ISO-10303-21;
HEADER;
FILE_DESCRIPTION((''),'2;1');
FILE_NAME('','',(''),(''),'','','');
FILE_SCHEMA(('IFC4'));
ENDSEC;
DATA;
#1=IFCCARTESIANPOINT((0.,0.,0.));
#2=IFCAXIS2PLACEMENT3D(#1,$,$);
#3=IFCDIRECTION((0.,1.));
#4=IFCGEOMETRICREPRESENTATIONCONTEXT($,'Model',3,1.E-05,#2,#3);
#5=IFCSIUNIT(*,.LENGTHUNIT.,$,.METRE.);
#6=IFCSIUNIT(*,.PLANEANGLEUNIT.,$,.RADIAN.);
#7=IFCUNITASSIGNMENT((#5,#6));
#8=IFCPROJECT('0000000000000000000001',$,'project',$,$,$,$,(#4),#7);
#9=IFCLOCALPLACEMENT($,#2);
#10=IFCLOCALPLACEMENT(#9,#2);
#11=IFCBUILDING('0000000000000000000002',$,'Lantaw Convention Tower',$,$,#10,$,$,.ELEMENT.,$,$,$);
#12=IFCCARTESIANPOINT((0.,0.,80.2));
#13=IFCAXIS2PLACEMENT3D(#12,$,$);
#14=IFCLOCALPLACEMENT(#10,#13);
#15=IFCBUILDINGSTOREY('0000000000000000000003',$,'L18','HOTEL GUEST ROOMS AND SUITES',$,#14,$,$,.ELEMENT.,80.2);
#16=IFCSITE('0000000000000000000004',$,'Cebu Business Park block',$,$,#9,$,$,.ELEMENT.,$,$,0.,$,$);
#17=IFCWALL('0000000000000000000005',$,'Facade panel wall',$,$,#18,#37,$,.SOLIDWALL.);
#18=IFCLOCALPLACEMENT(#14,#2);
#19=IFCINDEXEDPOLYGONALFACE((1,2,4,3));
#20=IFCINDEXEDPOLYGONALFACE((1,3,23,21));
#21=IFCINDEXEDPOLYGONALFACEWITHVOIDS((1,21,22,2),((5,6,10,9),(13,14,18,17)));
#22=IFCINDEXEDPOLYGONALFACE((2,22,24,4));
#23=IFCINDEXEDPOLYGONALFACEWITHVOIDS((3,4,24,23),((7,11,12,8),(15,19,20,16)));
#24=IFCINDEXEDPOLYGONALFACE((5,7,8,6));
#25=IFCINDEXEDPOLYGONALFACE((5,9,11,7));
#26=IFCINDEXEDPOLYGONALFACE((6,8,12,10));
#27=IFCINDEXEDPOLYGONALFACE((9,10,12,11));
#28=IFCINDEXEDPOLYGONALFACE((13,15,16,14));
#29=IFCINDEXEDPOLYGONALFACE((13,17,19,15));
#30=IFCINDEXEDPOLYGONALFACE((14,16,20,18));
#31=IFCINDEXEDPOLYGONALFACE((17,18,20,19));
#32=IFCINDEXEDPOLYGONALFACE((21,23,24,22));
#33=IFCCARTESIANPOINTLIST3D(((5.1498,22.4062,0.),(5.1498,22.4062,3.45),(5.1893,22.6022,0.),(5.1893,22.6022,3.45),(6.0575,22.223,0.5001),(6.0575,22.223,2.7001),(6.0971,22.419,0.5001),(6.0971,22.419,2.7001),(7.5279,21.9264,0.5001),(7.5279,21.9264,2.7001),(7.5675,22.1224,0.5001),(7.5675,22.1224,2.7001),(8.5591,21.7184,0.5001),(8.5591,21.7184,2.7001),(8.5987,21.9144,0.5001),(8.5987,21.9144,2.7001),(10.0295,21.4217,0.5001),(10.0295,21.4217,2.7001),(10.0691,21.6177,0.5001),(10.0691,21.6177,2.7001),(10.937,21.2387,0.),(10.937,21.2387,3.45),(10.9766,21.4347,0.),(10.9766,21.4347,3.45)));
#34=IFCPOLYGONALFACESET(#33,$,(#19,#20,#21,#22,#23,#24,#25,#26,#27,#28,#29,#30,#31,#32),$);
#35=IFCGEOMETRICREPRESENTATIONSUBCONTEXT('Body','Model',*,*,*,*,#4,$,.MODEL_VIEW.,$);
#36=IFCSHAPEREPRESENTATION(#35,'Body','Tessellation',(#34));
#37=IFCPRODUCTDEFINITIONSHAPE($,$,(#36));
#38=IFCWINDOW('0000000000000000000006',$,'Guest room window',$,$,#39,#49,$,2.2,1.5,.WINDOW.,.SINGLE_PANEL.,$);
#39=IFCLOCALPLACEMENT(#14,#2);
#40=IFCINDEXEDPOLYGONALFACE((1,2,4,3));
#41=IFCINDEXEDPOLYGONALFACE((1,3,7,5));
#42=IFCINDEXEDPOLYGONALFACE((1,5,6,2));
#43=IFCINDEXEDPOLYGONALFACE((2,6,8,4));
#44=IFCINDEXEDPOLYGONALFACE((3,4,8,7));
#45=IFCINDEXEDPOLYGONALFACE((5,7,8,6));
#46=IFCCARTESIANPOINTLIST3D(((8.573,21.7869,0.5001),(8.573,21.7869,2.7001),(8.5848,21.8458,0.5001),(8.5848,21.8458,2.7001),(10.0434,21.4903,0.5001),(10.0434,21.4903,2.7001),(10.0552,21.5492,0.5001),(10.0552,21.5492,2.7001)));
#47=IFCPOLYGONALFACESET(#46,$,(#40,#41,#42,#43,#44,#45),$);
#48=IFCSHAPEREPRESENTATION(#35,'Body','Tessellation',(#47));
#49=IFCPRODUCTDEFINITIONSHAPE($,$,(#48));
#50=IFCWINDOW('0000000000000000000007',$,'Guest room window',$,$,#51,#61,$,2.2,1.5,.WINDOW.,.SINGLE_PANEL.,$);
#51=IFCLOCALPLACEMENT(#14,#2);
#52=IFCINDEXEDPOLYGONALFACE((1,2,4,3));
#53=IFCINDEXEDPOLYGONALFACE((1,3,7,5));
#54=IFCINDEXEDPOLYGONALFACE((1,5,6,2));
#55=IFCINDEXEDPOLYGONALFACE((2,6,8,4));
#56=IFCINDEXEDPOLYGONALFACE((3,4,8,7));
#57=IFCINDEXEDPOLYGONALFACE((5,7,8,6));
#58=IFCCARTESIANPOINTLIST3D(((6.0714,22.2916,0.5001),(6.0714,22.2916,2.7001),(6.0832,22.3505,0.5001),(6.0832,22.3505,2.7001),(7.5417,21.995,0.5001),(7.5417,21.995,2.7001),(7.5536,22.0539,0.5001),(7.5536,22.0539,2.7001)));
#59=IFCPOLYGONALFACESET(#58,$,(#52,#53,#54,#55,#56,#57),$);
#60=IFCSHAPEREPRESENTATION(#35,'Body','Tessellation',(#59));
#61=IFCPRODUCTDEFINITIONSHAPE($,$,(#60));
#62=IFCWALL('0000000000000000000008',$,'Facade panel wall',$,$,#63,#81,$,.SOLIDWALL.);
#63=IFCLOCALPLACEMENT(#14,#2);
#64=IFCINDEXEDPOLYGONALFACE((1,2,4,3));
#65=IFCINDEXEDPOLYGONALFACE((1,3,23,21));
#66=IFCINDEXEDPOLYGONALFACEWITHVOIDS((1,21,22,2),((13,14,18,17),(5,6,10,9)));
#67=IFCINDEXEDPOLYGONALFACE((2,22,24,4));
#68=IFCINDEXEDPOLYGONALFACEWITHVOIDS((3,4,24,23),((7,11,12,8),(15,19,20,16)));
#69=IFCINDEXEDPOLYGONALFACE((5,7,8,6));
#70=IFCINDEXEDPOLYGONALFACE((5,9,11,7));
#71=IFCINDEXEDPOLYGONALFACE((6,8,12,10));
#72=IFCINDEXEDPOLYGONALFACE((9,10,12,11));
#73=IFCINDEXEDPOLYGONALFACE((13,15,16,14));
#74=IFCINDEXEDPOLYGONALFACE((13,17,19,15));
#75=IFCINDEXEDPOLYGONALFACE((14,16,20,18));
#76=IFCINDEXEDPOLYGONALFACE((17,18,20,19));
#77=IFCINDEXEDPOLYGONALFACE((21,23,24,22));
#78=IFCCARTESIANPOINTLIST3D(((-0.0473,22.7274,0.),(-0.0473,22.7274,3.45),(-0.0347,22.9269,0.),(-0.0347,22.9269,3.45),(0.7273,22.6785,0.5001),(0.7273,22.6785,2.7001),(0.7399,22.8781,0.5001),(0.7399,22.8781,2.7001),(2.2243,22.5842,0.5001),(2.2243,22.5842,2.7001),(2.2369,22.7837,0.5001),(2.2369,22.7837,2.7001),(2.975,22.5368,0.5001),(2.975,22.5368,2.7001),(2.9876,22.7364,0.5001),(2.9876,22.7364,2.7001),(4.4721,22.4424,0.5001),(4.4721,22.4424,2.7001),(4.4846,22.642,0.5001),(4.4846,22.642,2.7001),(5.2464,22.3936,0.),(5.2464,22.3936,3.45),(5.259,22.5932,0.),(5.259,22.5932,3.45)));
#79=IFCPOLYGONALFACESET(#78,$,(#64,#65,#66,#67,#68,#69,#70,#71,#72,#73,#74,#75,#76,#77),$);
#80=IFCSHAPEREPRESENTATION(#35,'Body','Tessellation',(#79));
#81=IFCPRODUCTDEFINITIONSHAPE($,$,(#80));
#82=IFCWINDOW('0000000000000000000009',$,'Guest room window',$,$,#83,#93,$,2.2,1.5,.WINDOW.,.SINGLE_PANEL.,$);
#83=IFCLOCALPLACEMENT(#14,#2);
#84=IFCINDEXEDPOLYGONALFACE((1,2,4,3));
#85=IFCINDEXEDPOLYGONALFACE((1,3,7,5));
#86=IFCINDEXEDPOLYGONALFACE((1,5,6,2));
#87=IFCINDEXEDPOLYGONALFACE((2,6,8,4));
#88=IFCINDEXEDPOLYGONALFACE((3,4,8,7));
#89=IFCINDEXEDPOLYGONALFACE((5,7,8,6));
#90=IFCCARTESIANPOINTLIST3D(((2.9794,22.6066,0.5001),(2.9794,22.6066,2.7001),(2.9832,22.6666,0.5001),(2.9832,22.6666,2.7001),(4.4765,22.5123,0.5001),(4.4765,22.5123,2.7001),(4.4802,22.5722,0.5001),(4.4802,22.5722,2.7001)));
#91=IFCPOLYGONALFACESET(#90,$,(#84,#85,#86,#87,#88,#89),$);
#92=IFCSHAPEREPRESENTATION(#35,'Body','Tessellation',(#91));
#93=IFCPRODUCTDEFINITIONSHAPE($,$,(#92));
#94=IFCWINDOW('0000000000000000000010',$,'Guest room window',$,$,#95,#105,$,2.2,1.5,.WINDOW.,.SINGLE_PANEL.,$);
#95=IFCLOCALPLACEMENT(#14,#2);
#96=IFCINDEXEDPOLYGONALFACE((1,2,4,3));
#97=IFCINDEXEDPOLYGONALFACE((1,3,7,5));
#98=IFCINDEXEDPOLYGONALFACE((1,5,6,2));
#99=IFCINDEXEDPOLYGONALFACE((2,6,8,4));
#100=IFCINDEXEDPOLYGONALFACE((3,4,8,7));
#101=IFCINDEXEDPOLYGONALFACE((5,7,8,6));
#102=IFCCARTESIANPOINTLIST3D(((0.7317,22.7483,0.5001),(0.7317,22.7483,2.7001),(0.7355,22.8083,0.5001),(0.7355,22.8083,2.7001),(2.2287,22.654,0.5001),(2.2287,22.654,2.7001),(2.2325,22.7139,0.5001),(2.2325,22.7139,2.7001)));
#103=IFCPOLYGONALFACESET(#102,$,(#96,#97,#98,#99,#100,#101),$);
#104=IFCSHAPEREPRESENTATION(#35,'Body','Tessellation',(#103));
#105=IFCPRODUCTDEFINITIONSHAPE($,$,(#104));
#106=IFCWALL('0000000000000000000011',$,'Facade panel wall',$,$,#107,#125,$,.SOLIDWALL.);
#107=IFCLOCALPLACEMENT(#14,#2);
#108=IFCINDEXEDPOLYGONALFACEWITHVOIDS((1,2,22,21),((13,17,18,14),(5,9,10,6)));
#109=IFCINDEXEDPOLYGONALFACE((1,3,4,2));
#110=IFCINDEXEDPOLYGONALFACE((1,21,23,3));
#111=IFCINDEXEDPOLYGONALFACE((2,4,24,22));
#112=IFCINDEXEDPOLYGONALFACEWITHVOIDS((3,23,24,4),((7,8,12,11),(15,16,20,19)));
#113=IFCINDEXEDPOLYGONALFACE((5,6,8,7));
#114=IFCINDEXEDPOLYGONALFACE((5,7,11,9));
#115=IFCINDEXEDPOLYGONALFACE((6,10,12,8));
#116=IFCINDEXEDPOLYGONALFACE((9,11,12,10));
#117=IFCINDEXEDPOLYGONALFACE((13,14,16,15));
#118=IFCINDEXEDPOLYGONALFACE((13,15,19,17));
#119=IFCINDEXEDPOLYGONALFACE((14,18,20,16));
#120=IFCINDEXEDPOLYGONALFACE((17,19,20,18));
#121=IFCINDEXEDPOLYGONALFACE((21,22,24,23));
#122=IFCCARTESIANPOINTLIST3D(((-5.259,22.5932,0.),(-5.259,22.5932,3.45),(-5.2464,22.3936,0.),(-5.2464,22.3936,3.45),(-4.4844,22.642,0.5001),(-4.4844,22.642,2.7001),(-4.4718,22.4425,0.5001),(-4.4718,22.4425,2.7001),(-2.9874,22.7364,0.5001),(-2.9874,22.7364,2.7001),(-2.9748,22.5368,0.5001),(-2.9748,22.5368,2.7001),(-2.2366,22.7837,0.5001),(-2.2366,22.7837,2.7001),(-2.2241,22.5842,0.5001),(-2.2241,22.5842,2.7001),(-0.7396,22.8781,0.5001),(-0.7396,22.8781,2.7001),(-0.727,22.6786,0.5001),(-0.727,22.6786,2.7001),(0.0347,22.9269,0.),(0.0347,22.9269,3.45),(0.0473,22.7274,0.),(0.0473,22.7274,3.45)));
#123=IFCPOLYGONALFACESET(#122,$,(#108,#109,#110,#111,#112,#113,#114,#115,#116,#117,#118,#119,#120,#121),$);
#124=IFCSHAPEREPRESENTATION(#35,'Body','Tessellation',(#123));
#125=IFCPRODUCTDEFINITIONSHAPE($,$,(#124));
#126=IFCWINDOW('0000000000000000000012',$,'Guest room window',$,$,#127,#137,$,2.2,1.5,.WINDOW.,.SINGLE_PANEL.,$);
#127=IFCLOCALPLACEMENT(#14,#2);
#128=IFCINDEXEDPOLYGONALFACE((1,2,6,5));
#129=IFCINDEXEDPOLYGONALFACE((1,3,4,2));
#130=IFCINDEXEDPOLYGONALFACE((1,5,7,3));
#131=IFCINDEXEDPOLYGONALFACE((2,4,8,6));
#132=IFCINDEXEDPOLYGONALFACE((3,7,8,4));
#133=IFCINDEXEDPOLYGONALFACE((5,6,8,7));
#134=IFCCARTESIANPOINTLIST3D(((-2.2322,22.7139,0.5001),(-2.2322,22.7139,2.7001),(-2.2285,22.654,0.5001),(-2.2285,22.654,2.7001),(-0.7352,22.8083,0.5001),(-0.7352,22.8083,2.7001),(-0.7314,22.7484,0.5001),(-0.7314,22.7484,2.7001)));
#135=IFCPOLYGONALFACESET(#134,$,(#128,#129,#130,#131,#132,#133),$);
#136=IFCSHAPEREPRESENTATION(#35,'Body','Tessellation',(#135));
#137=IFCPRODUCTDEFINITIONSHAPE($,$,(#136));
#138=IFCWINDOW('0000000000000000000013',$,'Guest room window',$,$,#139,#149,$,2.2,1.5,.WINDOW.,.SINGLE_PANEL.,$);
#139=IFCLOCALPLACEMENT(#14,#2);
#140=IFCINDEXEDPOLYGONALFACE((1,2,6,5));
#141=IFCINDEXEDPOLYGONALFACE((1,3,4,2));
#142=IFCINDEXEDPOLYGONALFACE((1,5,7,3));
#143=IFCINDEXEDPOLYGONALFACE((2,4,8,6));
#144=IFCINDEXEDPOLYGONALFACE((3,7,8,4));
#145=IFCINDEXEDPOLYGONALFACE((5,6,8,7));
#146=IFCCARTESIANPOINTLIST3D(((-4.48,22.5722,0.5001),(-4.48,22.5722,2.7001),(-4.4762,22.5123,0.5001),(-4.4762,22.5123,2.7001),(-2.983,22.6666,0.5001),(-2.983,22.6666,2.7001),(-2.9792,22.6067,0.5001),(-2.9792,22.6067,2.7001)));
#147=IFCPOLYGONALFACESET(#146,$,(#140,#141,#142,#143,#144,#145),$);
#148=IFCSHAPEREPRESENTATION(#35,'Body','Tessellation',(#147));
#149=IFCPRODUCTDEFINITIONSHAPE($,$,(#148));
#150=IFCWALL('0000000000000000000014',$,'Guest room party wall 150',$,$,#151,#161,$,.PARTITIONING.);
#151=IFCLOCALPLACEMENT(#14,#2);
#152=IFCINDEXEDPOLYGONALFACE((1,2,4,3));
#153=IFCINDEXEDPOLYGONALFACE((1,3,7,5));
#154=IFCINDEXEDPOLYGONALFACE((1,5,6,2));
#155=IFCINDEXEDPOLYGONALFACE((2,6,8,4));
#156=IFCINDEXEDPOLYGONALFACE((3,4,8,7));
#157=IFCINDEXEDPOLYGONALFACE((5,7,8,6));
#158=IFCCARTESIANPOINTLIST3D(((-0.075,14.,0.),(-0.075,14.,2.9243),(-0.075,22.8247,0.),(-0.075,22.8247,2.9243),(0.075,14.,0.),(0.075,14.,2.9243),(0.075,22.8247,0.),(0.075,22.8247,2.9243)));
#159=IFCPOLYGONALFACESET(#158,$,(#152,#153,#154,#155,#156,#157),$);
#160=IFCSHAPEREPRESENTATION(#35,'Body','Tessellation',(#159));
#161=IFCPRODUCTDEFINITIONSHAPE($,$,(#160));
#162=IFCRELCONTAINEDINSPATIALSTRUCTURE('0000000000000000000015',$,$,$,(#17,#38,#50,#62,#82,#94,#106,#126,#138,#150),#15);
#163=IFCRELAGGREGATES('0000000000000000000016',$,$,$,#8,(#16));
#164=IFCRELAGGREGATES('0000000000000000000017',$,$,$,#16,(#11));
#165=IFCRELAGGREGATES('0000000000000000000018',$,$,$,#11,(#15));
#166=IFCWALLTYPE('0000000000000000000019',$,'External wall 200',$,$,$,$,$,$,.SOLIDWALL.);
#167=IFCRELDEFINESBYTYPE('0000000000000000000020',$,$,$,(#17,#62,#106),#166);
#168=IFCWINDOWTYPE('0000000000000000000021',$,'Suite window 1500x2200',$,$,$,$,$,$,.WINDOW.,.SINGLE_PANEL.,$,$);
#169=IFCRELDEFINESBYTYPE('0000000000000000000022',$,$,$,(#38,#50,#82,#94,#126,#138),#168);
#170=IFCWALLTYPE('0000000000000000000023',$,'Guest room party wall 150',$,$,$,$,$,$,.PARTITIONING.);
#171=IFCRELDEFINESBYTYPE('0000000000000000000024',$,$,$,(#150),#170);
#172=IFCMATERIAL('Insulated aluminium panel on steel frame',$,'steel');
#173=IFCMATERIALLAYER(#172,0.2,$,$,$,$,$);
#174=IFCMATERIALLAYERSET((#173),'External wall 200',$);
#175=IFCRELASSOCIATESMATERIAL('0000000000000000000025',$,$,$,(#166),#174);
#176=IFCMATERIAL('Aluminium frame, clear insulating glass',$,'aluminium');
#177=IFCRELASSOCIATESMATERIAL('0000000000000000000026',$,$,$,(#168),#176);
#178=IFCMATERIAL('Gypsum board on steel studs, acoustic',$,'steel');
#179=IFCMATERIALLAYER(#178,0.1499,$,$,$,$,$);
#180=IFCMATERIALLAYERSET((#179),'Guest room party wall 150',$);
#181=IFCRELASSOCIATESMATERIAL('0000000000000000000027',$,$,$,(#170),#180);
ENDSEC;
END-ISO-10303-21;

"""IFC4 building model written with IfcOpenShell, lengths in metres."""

from ifc_helpers import new_model, si_unit, direction, frame, frame_2d, origin, place, context, subcontext, project, spatial, rectangle, extrude, material, layer, layer_set, type_object, element, fill, save


model = new_model("IFC4")

# Units and contexts
model_context = context("Model", 3, precision=1e-05, world=origin(), true_north=direction((0.0, 1.0)))
body_context = subcontext(model_context, "Body", "Model", "MODEL_VIEW")
ifc_project = project(units=[si_unit("LENGTHUNIT", "METRE"), si_unit("PLANEANGLEUNIT", "RADIAN")], contexts=[model_context])

# Site, building, storey
site_placement = place(None, origin())
site = spatial("IfcSite", under=ifc_project, at=site_placement, Name="Cebu Business Park block", CompositionType="ELEMENT", RefElevation=0.0)
building_placement = place(site_placement, origin())
building = spatial("IfcBuilding", under=site, at=building_placement, Name="Lantaw Convention Tower", CompositionType="ELEMENT")
storey_placement = place(building_placement, frame((0.0, 0.0, 80.2)))
storey = spatial("IfcBuildingStorey", under=building, at=storey_placement, Name="L18", Description="HOTEL GUEST ROOMS AND SUITES", CompositionType="ELEMENT", Elevation=80.2)

# Walls, openings, windows
ifc_material_1 = material(Name="Insulated aluminium panel on steel frame", Category="steel")
ifc_layer_1 = layer(ifc_material_1, 0.2)
ifc_layer_set_1 = layer_set([ifc_layer_1], Name="External wall 200")
wall_type_1 = type_object("IfcWallType", Name="External wall 200", PredefinedType="SOLIDWALL", material=ifc_layer_set_1)
wall_1_placement = place(storey_placement, frame((10.9568, 21.3367, 0.0), z_axis=(0.0, 0.0, 1.0), x_axis=(-0.980252, 0.197754, 0.0)))
wall_1 = element("IfcWall", 1, at=wall_1_placement, inside=storey, type_object=wall_type_1, Name="Facade panel wall", PredefinedType="SOLIDWALL", context=body_context, shape_type="SweptSolid", body=[
    extrude(rectangle(XDim=5.9038, YDim=0.2, at=frame_2d((2.9519, 0.0))), origin(), (0.0, 0.0, 1.0), 3.45),
])
opening_1_placement = place(wall_1_placement, frame((0.9258, 0.0, 0.5)))
opening_1 = element("IfcOpeningElement", 2, at=opening_1_placement, cuts=wall_1, PredefinedType="OPENING", context=body_context, shape_type="SweptSolid", body=[
    extrude(rectangle(XDim=1.5, YDim=2.2, at=frame_2d((0.75, 1.1001))), frame((0.0, 0.1099, 0.0), z_axis=(0.0, -1.0, 0.0), x_axis=(1.0, 0.0, 0.0)), (0.0, 0.0, 1.0), 0.22),
])
opening_2_placement = place(wall_1_placement, frame((3.4778, 0.0, 0.5)))
opening_2 = element("IfcOpeningElement", 3, at=opening_2_placement, cuts=wall_1, PredefinedType="OPENING", context=body_context, shape_type="SweptSolid", body=[
    extrude(rectangle(XDim=1.5, YDim=2.2, at=frame_2d((0.75, 1.1001))), frame((0.0, 0.1099, 0.0), z_axis=(0.0, -1.0, 0.0), x_axis=(1.0, 0.0, 0.0)), (0.0, 0.0, 1.0), 0.22),
])
ifc_material_2 = material(Name="Aluminium frame, clear insulating glass", Category="aluminium")
window_type = type_object("IfcWindowType", Name="Suite window 1500x2200", PartitioningType="SINGLE_PANEL", PredefinedType="WINDOW", material=ifc_material_2)
window_1_placement = place(opening_1_placement, origin())
window_1 = element("IfcWindow", 4, at=window_1_placement, inside=storey, type_object=window_type, Name="Guest room window", OverallHeight=2.2, OverallWidth=1.5, PartitioningType="SINGLE_PANEL", PredefinedType="WINDOW", context=body_context, shape_type="SweptSolid", body=[
    extrude(rectangle(XDim=1.5, YDim=2.2, at=frame_2d((0.75, 1.1001))), frame((0.0, 0.03, 0.0), z_axis=(0.0, -1.0, 0.0), x_axis=(1.0, 0.0, 0.0)), (0.0, 0.0, 1.0), 0.0601),
])
fill(opening_1, window_1)
window_2_placement = place(opening_2_placement, origin())
window_2 = element("IfcWindow", 5, at=window_2_placement, inside=storey, type_object=window_type, Name="Guest room window", OverallHeight=2.2, OverallWidth=1.5, PartitioningType="SINGLE_PANEL", PredefinedType="WINDOW", context=body_context, shape_type="SweptSolid", body=[
    extrude(rectangle(XDim=1.5, YDim=2.2, at=frame_2d((0.75, 1.1001))), frame((0.0, 0.03, 0.0), z_axis=(0.0, -1.0, 0.0), x_axis=(1.0, 0.0, 0.0)), (0.0, 0.0, 1.0), 0.0601),
])
fill(opening_2, window_2)
wall_2_placement = place(storey_placement, frame((5.2527, 22.4934, 0.0), z_axis=(0.0, 0.0, 1.0), x_axis=(-0.998019, 0.06292, 0.0)))
wall_2 = element("IfcWall", 6, at=wall_2_placement, inside=storey, type_object=wall_type_1, Name="Facade panel wall", PredefinedType="SOLIDWALL", context=body_context, shape_type="SweptSolid", body=[
    extrude(rectangle(XDim=5.3042, YDim=0.2, at=frame_2d((2.6521, 0.0))), origin(), (0.0, 0.0, 1.0), 3.45),
])
opening_3_placement = place(wall_2_placement, frame((0.7759, 0.0, 0.5)))
opening_3 = element("IfcOpeningElement", 7, at=opening_3_placement, cuts=wall_2, PredefinedType="OPENING", context=body_context, shape_type="SweptSolid", body=[
    extrude(rectangle(XDim=1.5, YDim=2.2, at=frame_2d((0.75, 1.1001))), frame((0.0, 0.1099, 0.0), z_axis=(0.0, -1.0, 0.0), x_axis=(1.0, 0.0, 0.0)), (0.0, 0.0, 1.0), 0.22),
])
opening_4_placement = place(wall_2_placement, frame((3.0281, 0.0, 0.5)))
opening_4 = element("IfcOpeningElement", 8, at=opening_4_placement, cuts=wall_2, PredefinedType="OPENING", context=body_context, shape_type="SweptSolid", body=[
    extrude(rectangle(XDim=1.5, YDim=2.2, at=frame_2d((0.75, 1.1001))), frame((0.0, 0.1099, 0.0), z_axis=(0.0, -1.0, 0.0), x_axis=(1.0, 0.0, 0.0)), (0.0, 0.0, 1.0), 0.22),
])
window_3_placement = place(opening_3_placement, origin())
window_3 = element("IfcWindow", 9, at=window_3_placement, inside=storey, type_object=window_type, Name="Guest room window", OverallHeight=2.2, OverallWidth=1.5, PartitioningType="SINGLE_PANEL", PredefinedType="WINDOW", context=body_context, shape_type="SweptSolid", body=[
    extrude(rectangle(XDim=1.5, YDim=2.2, at=frame_2d((0.75, 1.1001))), frame((0.0, 0.03, 0.0), z_axis=(0.0, -1.0, 0.0), x_axis=(1.0, 0.0, 0.0)), (0.0, 0.0, 1.0), 0.0601),
])
fill(opening_3, window_3)
window_4_placement = place(opening_4_placement, origin())
window_4 = element("IfcWindow", 10, at=window_4_placement, inside=storey, type_object=window_type, Name="Guest room window", OverallHeight=2.2, OverallWidth=1.5, PartitioningType="SINGLE_PANEL", PredefinedType="WINDOW", context=body_context, shape_type="SweptSolid", body=[
    extrude(rectangle(XDim=1.5, YDim=2.2, at=frame_2d((0.75, 1.1001))), frame((0.0, 0.03, 0.0), z_axis=(0.0, -1.0, 0.0), x_axis=(1.0, 0.0, 0.0)), (0.0, 0.0, 1.0), 0.0601),
])
fill(opening_4, window_4)
wall_3_placement = place(storey_placement, frame((0.041, 22.8271, 0.0), z_axis=(0.0, 0.0, 1.0), x_axis=(-0.998019, -0.06292, 0.0)))
wall_3 = element("IfcWall", 11, at=wall_3_placement, inside=storey, type_object=wall_type_1, Name="Facade panel wall", PredefinedType="SOLIDWALL", context=body_context, shape_type="SweptSolid", body=[
    extrude(rectangle(XDim=5.3042, YDim=0.2, at=frame_2d((2.6521, 0.0))), origin(), (0.0, 0.0, 1.0), 3.45),
])
opening_5_placement = place(wall_3_placement, frame((0.7759, 0.0, 0.5)))
opening_5 = element("IfcOpeningElement", 12, at=opening_5_placement, cuts=wall_3, PredefinedType="OPENING", context=body_context, shape_type="SweptSolid", body=[
    extrude(rectangle(XDim=1.5, YDim=2.2, at=frame_2d((0.75, 1.1001))), frame((0.0, 0.1099, 0.0), z_axis=(0.0, -1.0, 0.0), x_axis=(1.0, 0.0, 0.0)), (0.0, 0.0, 1.0), 0.22),
])
opening_6_placement = place(wall_3_placement, frame((3.0281, 0.0, 0.5)))
opening_6 = element("IfcOpeningElement", 13, at=opening_6_placement, cuts=wall_3, PredefinedType="OPENING", context=body_context, shape_type="SweptSolid", body=[
    extrude(rectangle(XDim=1.5, YDim=2.2, at=frame_2d((0.75, 1.1001))), frame((0.0, 0.1099, 0.0), z_axis=(0.0, -1.0, 0.0), x_axis=(1.0, 0.0, 0.0)), (0.0, 0.0, 1.0), 0.22),
])
window_5_placement = place(opening_5_placement, origin())
window_5 = element("IfcWindow", 14, at=window_5_placement, inside=storey, type_object=window_type, Name="Guest room window", OverallHeight=2.2, OverallWidth=1.5, PartitioningType="SINGLE_PANEL", PredefinedType="WINDOW", context=body_context, shape_type="SweptSolid", body=[
    extrude(rectangle(XDim=1.5, YDim=2.2, at=frame_2d((0.75, 1.1001))), frame((0.0, 0.03, 0.0), z_axis=(0.0, -1.0, 0.0), x_axis=(1.0, 0.0, 0.0)), (0.0, 0.0, 1.0), 0.0601),
])
fill(opening_5, window_5)
window_6_placement = place(opening_6_placement, origin())
window_6 = element("IfcWindow", 15, at=window_6_placement, inside=storey, type_object=window_type, Name="Guest room window", OverallHeight=2.2, OverallWidth=1.5, PartitioningType="SINGLE_PANEL", PredefinedType="WINDOW", context=body_context, shape_type="SweptSolid", body=[
    extrude(rectangle(XDim=1.5, YDim=2.2, at=frame_2d((0.75, 1.1001))), frame((0.0, 0.03, 0.0), z_axis=(0.0, -1.0, 0.0), x_axis=(1.0, 0.0, 0.0)), (0.0, 0.0, 1.0), 0.0601),
])
fill(opening_6, window_6)

# Wall
ifc_material_3 = material(Name="Gypsum board on steel studs, acoustic", Category="steel")
ifc_layer_2 = layer(ifc_material_3, 0.1499)
ifc_layer_set_2 = layer_set([ifc_layer_2], Name="Guest room party wall 150")
wall_type_2 = type_object("IfcWallType", Name="Guest room party wall 150", PredefinedType="PARTITIONING", material=ifc_layer_set_2)
wall_4_placement = place(storey_placement, frame((0.0, 22.8247, 0.0), z_axis=(0.0, 0.0, 1.0), x_axis=(0.0, -1.0, 0.0)))
element("IfcWall", 16, at=wall_4_placement, inside=storey, type_object=wall_type_2, Name="Guest room party wall 150", PredefinedType="PARTITIONING", context=body_context, shape_type="SweptSolid", body=[
    extrude(rectangle(XDim=8.8247, YDim=0.1499, at=frame_2d((4.4124, 0.0))), origin(), (0.0, 0.0, 1.0), 2.9243),
])

save(model, "model.ifc")
